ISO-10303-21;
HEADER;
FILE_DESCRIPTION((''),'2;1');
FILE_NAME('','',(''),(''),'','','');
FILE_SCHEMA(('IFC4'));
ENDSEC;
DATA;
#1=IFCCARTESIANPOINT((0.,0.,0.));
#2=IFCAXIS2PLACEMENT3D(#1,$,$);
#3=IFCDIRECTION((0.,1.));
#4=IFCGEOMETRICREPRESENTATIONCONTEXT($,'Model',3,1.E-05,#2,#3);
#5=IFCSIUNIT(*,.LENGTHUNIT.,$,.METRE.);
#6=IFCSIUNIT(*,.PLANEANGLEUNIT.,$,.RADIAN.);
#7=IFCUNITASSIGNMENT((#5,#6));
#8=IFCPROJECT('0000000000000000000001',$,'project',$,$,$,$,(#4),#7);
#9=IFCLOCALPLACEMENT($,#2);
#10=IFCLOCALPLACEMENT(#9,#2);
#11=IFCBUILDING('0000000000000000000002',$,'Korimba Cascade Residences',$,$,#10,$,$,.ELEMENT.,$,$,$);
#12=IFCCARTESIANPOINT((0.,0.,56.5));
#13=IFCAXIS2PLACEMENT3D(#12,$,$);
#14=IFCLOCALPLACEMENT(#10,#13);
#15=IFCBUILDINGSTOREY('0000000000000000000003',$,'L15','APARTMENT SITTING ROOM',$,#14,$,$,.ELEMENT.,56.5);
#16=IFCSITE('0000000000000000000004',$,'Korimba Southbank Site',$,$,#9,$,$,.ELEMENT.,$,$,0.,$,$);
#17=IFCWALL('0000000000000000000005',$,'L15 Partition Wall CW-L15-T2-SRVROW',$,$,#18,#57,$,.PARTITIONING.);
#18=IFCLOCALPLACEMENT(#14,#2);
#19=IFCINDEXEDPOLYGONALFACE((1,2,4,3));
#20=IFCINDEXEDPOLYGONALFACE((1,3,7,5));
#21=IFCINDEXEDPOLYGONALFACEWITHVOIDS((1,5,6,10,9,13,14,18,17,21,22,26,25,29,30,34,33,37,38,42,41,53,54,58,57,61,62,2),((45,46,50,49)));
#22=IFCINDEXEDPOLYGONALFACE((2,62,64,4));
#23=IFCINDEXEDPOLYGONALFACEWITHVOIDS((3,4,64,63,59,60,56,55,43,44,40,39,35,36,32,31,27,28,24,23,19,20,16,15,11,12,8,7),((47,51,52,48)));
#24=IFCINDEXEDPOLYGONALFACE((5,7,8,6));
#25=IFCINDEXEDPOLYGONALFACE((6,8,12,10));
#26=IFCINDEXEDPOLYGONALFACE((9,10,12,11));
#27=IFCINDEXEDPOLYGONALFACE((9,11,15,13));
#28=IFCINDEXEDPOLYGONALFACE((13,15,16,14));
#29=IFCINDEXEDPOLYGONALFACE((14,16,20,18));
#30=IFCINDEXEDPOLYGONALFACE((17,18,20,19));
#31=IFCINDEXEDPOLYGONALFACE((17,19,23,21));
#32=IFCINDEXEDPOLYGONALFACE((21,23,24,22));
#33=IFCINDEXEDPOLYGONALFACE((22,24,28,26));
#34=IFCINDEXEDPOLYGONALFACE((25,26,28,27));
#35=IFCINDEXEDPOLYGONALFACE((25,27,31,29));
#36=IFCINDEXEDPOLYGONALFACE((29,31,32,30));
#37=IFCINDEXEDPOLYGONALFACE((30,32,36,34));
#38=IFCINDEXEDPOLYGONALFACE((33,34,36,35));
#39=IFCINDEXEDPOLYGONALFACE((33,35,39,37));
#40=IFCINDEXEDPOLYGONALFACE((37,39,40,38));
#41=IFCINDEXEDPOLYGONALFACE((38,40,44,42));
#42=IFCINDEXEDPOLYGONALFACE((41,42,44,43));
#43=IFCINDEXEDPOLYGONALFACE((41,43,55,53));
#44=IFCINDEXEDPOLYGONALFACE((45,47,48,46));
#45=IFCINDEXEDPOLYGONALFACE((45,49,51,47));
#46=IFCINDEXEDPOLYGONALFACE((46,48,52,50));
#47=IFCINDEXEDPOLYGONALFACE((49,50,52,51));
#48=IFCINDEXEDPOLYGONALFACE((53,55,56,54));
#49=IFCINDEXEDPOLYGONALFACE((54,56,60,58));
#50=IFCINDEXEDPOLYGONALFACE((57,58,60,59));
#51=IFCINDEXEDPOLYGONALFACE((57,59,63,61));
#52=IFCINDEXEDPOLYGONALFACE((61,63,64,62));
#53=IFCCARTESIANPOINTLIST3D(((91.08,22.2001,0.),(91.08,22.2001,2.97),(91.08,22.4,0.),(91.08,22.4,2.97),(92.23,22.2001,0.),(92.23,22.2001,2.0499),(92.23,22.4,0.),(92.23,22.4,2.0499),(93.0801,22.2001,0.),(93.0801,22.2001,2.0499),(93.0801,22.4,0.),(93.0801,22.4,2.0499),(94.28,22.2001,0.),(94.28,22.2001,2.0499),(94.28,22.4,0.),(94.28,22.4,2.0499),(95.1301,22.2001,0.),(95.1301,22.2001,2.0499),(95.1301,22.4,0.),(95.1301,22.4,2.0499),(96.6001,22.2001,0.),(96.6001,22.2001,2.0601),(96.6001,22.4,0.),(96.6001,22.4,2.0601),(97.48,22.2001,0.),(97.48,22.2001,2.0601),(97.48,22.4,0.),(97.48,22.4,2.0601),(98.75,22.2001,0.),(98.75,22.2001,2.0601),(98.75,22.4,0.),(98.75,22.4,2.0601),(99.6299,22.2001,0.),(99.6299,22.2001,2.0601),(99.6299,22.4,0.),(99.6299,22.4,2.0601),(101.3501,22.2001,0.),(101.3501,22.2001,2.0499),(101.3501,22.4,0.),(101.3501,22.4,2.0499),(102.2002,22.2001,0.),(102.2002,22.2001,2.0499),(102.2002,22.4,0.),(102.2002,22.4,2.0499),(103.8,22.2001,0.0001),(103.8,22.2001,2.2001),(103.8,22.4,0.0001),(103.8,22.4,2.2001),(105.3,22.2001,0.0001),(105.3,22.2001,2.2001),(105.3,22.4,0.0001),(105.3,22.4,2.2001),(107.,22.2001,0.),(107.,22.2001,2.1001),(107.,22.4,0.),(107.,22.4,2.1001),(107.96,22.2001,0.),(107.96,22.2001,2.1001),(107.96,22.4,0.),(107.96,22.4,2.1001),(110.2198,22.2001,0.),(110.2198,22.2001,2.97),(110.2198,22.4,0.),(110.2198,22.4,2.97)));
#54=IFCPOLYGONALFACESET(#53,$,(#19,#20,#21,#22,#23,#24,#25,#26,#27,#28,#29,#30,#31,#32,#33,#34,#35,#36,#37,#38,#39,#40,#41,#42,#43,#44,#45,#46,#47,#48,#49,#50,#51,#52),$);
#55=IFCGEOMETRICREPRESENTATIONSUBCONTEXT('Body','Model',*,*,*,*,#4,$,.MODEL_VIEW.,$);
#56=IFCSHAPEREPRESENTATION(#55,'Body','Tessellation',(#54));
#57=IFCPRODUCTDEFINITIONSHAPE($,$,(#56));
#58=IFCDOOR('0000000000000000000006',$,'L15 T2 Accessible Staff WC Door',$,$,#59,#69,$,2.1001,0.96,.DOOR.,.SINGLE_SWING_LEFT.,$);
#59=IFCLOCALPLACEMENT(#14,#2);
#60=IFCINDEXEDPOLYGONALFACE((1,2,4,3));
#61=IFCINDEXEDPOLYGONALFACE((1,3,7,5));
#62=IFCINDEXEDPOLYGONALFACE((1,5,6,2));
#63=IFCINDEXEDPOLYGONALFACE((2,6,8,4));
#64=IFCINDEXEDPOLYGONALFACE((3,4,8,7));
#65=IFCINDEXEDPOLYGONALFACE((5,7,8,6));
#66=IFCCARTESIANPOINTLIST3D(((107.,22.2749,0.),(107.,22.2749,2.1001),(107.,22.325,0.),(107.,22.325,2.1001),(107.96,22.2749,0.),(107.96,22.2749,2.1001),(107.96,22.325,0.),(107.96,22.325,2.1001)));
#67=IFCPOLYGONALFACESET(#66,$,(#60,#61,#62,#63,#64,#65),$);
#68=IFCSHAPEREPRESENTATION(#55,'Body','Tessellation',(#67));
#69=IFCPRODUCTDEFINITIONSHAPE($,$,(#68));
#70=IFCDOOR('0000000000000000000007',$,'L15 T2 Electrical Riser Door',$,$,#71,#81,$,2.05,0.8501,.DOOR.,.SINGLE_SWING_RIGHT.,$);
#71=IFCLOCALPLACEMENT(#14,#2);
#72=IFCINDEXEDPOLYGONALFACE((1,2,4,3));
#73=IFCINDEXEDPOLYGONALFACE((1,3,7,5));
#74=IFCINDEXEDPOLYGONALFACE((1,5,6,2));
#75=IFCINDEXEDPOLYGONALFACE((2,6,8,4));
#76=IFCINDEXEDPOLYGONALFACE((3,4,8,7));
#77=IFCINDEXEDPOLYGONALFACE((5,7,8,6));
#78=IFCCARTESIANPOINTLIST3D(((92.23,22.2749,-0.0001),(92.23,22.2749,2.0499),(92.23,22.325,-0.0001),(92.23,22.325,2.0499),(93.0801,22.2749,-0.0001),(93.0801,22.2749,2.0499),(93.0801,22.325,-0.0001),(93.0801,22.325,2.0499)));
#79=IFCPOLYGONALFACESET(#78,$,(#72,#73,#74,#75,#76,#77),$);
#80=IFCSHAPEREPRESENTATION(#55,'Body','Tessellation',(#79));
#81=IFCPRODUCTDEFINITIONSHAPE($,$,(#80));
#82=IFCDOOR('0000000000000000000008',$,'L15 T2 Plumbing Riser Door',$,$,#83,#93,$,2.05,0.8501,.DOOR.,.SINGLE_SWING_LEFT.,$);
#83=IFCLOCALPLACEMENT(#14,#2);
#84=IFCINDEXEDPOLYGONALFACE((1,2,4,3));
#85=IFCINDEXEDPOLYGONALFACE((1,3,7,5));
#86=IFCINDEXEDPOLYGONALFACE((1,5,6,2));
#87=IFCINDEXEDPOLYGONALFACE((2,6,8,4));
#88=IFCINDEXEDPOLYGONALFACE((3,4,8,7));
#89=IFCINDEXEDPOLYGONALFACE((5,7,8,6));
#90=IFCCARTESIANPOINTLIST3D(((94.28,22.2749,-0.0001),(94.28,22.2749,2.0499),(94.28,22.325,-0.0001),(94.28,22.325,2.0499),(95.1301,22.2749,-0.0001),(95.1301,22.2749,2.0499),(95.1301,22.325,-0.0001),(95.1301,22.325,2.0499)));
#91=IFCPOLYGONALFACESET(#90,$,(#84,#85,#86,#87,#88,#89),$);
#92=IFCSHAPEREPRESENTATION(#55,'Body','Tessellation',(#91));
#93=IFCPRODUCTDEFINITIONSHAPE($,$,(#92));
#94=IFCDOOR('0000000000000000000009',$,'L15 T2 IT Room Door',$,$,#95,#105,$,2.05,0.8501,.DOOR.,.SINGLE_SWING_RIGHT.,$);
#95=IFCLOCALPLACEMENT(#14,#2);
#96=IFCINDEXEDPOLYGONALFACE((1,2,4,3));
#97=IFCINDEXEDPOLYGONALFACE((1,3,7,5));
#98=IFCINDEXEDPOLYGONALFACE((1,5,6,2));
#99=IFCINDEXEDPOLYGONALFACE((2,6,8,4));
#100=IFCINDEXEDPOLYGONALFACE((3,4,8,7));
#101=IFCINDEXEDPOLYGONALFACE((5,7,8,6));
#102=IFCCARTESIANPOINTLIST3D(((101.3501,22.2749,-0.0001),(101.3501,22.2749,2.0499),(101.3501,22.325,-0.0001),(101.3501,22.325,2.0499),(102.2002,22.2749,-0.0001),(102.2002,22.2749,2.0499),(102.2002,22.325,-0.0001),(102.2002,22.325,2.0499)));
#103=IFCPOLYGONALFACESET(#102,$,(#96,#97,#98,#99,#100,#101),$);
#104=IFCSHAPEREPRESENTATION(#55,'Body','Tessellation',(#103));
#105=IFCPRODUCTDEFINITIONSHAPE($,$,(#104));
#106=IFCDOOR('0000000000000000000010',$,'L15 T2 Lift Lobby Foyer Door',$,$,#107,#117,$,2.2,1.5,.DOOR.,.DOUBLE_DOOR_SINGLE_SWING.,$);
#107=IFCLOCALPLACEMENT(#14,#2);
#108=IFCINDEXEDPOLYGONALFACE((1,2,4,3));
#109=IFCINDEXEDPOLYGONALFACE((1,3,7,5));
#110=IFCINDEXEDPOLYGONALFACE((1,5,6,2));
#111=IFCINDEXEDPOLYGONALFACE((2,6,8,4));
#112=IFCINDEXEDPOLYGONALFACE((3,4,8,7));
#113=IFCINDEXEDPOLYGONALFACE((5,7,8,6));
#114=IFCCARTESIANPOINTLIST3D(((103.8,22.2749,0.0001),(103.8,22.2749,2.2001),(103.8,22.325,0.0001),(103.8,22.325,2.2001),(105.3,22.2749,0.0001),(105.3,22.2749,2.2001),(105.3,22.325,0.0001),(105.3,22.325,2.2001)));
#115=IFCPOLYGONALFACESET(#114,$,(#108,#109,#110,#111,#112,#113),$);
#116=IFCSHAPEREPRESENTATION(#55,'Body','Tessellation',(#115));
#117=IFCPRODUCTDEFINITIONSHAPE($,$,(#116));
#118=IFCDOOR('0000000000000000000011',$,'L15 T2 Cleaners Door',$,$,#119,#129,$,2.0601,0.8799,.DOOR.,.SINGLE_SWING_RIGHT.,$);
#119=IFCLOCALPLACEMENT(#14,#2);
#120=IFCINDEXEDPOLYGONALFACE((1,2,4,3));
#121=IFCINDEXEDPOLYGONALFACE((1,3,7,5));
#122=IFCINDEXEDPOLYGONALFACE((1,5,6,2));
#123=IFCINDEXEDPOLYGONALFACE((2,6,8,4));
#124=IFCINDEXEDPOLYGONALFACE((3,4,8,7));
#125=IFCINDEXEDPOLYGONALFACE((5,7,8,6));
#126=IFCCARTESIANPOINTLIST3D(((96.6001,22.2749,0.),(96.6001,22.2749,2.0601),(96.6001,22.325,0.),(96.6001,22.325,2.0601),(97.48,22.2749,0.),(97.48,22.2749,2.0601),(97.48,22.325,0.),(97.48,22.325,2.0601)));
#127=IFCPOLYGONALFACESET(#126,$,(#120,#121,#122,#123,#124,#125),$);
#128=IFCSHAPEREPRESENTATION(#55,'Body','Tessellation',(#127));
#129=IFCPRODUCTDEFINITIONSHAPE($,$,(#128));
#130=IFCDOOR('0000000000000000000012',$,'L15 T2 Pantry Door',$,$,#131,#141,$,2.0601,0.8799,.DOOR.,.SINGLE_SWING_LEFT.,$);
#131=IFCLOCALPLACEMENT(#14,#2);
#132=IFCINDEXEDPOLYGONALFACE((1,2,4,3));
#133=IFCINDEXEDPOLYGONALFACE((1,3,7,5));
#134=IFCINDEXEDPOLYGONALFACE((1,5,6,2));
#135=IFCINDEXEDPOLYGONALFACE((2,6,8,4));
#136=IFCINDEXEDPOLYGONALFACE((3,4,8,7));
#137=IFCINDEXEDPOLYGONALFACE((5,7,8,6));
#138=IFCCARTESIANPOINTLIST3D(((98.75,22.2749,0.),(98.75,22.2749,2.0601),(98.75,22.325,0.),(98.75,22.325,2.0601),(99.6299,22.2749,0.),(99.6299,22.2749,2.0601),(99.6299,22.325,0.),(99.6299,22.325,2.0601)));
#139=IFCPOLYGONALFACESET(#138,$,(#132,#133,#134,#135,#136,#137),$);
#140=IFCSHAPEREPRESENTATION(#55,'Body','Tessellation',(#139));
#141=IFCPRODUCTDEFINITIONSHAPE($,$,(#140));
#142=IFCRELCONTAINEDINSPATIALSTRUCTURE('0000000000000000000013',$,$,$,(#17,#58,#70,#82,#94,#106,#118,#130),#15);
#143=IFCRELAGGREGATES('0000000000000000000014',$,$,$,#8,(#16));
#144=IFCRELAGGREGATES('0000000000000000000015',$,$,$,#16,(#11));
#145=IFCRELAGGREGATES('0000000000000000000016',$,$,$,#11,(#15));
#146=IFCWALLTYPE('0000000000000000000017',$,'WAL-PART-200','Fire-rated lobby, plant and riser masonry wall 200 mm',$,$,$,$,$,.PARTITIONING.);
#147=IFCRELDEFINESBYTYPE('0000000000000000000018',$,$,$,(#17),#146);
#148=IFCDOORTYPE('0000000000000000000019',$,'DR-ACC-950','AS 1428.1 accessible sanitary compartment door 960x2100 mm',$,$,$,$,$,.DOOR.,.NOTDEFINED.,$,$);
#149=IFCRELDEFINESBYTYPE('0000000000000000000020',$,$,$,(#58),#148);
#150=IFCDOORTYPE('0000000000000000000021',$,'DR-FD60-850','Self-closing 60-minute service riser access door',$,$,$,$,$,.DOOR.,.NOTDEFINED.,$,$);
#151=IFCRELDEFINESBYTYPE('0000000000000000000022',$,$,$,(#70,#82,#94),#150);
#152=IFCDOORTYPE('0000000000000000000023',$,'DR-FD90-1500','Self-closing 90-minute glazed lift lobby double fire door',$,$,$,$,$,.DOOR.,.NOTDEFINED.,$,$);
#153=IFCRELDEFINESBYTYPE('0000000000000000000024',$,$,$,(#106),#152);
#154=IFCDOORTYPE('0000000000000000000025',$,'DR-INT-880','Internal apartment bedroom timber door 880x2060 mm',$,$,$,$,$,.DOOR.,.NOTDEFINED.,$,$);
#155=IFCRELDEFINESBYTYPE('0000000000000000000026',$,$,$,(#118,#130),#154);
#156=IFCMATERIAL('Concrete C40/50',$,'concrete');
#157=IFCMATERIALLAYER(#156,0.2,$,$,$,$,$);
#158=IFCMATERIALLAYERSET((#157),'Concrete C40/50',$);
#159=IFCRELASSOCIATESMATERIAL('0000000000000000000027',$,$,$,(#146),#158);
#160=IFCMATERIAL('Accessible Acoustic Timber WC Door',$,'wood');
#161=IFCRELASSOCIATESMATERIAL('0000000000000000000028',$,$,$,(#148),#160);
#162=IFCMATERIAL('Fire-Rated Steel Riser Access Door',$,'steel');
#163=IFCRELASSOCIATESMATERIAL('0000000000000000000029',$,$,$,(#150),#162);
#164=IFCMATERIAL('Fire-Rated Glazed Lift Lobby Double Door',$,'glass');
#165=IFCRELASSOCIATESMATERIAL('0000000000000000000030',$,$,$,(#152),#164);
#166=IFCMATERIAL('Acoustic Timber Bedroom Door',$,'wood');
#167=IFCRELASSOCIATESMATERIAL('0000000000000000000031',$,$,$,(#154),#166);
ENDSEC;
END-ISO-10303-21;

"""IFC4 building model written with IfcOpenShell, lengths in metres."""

from ifc_helpers import new_model, si_unit, direction, frame, frame_2d, origin, place, context, subcontext, project, spatial, rectangle, extrude, material, layer, layer_set, type_object, element, fill, save


model = new_model("IFC4")

# Units and contexts
model_context = context("Model", 3, precision=1e-05, world=origin(), true_north=direction((0.0, 1.0)))
body_context = subcontext(model_context, "Body", "Model", "MODEL_VIEW")
ifc_project = project(units=[si_unit("LENGTHUNIT", "METRE"), si_unit("PLANEANGLEUNIT", "RADIAN")], contexts=[model_context])

# Site, building, storey
site_placement = place(None, origin())
site = spatial("IfcSite", under=ifc_project, at=site_placement, Name="Korimba Southbank Site", CompositionType="ELEMENT", RefElevation=0.0)
building_placement = place(site_placement, origin())
building = spatial("IfcBuilding", under=site, at=building_placement, Name="Korimba Cascade Residences", CompositionType="ELEMENT")
storey_placement = place(building_placement, frame((0.0, 0.0, 56.5)))
storey = spatial("IfcBuildingStorey", under=building, at=storey_placement, Name="L15", Description="APARTMENT SITTING ROOM", CompositionType="ELEMENT", Elevation=56.5)

# Shared definitions
ifc_material_1 = material(Name="Concrete C40/50", Category="concrete")
ifc_layer_1 = layer(ifc_material_1, 0.2)
ifc_layer_set_1 = layer_set([ifc_layer_1], Name="Concrete C40/50")
wall_type_1 = type_object("IfcWallType", Name="WAL-PART-200", Description="Fire-rated lobby, plant and riser masonry wall 200 mm", PredefinedType="PARTITIONING", material=ifc_layer_set_1)

# Wall, openings, doors
wall_1_placement = place(storey_placement, frame((91.0801, 22.3, 0.0), z_axis=(0.0, 0.0, 1.0), x_axis=(1.0, 0.0, 0.0)))
wall_1 = element("IfcWall", 1, at=wall_1_placement, inside=storey, type_object=wall_type_1, Name="L15 Partition Wall CW-L15-T2-SRVROW", PredefinedType="PARTITIONING", context=body_context, shape_type="SweptSolid", body=[
    extrude(rectangle(XDim=19.1399, YDim=0.2, at=frame_2d((9.5698, 0.0))), origin(), (0.0, 0.0, 1.0), 2.97),
])
opening_1_placement = place(wall_1_placement, frame((1.1499, 0.0, 0.0)))
opening_1 = element("IfcOpeningElement", 2, at=opening_1_placement, cuts=wall_1, PredefinedType="OPENING", context=body_context, shape_type="SweptSolid", body=[
    extrude(rectangle(XDim=0.8501, YDim=2.05, at=frame_2d((0.425, 1.0249))), frame((0.0, 0.1099, 0.0), z_axis=(0.0, -1.0, 0.0), x_axis=(1.0, 0.0, 0.0)), (0.0, 0.0, 1.0), 0.22),
])
opening_2_placement = place(wall_1_placement, frame((3.2, 0.0, 0.0)))
opening_2 = element("IfcOpeningElement", 3, at=opening_2_placement, cuts=wall_1, PredefinedType="OPENING", context=body_context, shape_type="SweptSolid", body=[
    extrude(rectangle(XDim=0.8501, YDim=2.05, at=frame_2d((0.425, 1.0249))), frame((0.0, 0.1099, 0.0), z_axis=(0.0, -1.0, 0.0), x_axis=(1.0, 0.0, 0.0)), (0.0, 0.0, 1.0), 0.22),
])
opening_3_placement = place(wall_1_placement, frame((12.72, 0.0, 0.0)))
opening_3 = element("IfcOpeningElement", 4, at=opening_3_placement, cuts=wall_1, PredefinedType="OPENING", context=body_context, shape_type="SweptSolid", body=[
    extrude(rectangle(XDim=1.5, YDim=2.2, at=frame_2d((0.75, 1.1001))), frame((0.0, 0.1099, 0.0), z_axis=(0.0, -1.0, 0.0), x_axis=(1.0, 0.0, 0.0)), (0.0, 0.0, 1.0), 0.22),
])
opening_4_placement = place(wall_1_placement, frame((5.52, 0.0, 0.0)))
opening_4 = element("IfcOpeningElement", 5, at=opening_4_placement, cuts=wall_1, PredefinedType="OPENING", context=body_context, shape_type="SweptSolid", body=[
    extrude(rectangle(XDim=0.8799, YDim=2.0601, at=frame_2d((0.4399, 1.03))), frame((0.0, 0.1099, 0.0), z_axis=(0.0, -1.0, 0.0), x_axis=(1.0, 0.0, 0.0)), (0.0, 0.0, 1.0), 0.22),
])
opening_5_placement = place(wall_1_placement, frame((7.6699, 0.0, 0.0)))
opening_5 = element("IfcOpeningElement", 6, at=opening_5_placement, cuts=wall_1, PredefinedType="OPENING", context=body_context, shape_type="SweptSolid", body=[
    extrude(rectangle(XDim=0.8799, YDim=2.0601, at=frame_2d((0.4399, 1.03))), frame((0.0, 0.1099, 0.0), z_axis=(0.0, -1.0, 0.0), x_axis=(1.0, 0.0, 0.0)), (0.0, 0.0, 1.0), 0.22),
])
opening_6_placement = place(wall_1_placement, frame((10.27, 0.0, 0.0)))
opening_6 = element("IfcOpeningElement", 7, at=opening_6_placement, cuts=wall_1, PredefinedType="OPENING", context=body_context, shape_type="SweptSolid", body=[
    extrude(rectangle(XDim=0.8501, YDim=2.05, at=frame_2d((0.425, 1.0249))), frame((0.0, 0.1099, 0.0), z_axis=(0.0, -1.0, 0.0), x_axis=(1.0, 0.0, 0.0)), (0.0, 0.0, 1.0), 0.22),
])
opening_7_placement = place(wall_1_placement, frame((15.9199, 0.0, 0.0)))
opening_7 = element("IfcOpeningElement", 8, at=opening_7_placement, cuts=wall_1, PredefinedType="OPENING", context=body_context, shape_type="SweptSolid", body=[
    extrude(rectangle(XDim=0.96, YDim=2.1001, at=frame_2d((0.48, 1.05))), frame((0.0, 0.1099, 0.0), z_axis=(0.0, -1.0, 0.0), x_axis=(1.0, 0.0, 0.0)), (0.0, 0.0, 1.0), 0.22),
])
ifc_material_2 = material(Name="Accessible Acoustic Timber WC Door", Category="wood")
door_type_1 = type_object("IfcDoorType", Name="DR-ACC-950", Description="AS 1428.1 accessible sanitary compartment door 960x2100 mm", OperationType="NOTDEFINED", PredefinedType="DOOR", material=ifc_material_2)
door_1_placement = place(opening_7_placement, origin())
door_1 = element("IfcDoor", 9, at=door_1_placement, inside=storey, type_object=door_type_1, Name="L15 T2 Accessible Staff WC Door", OperationType="SINGLE_SWING_LEFT", OverallHeight=2.1001, OverallWidth=0.96, PredefinedType="DOOR", context=body_context, shape_type="SweptSolid", body=[
    extrude(rectangle(XDim=0.96, YDim=2.1001, at=frame_2d((0.48, 1.05))), frame((0.0, 0.0249, 0.0), z_axis=(0.0, -1.0, 0.0), x_axis=(1.0, 0.0, 0.0)), (0.0, 0.0, 1.0), 0.05),
])
fill(opening_7, door_1)
ifc_material_3 = material(Name="Fire-Rated Steel Riser Access Door", Category="steel")
door_type_2 = type_object("IfcDoorType", Name="DR-FD60-850", Description="Self-closing 60-minute service riser access door", OperationType="NOTDEFINED", PredefinedType="DOOR", material=ifc_material_3)
door_2_placement = place(opening_1_placement, origin())
door_2 = element("IfcDoor", 10, at=door_2_placement, inside=storey, type_object=door_type_2, Name="L15 T2 Electrical Riser Door", OperationType="SINGLE_SWING_RIGHT", OverallHeight=2.05, OverallWidth=0.8501, PredefinedType="DOOR", context=body_context, shape_type="SweptSolid", body=[
    extrude(rectangle(XDim=0.8501, YDim=2.05, at=frame_2d((0.425, 1.0249))), frame((0.0, 0.0249, 0.0), z_axis=(0.0, -1.0, 0.0), x_axis=(1.0, 0.0, 0.0)), (0.0, 0.0, 1.0), 0.05),
])
fill(opening_1, door_2)
door_3_placement = place(opening_2_placement, origin())
door_3 = element("IfcDoor", 11, at=door_3_placement, inside=storey, type_object=door_type_2, Name="L15 T2 Plumbing Riser Door", OperationType="SINGLE_SWING_LEFT", OverallHeight=2.05, OverallWidth=0.8501, PredefinedType="DOOR", context=body_context, shape_type="SweptSolid", body=[
    extrude(rectangle(XDim=0.8501, YDim=2.05, at=frame_2d((0.425, 1.0249))), frame((0.0, 0.0249, 0.0), z_axis=(0.0, -1.0, 0.0), x_axis=(1.0, 0.0, 0.0)), (0.0, 0.0, 1.0), 0.05),
])
fill(opening_2, door_3)
door_4_placement = place(opening_6_placement, origin())
door_4 = element("IfcDoor", 12, at=door_4_placement, inside=storey, type_object=door_type_2, Name="L15 T2 IT Room Door", OperationType="SINGLE_SWING_RIGHT", OverallHeight=2.05, OverallWidth=0.8501, PredefinedType="DOOR", context=body_context, shape_type="SweptSolid", body=[
    extrude(rectangle(XDim=0.8501, YDim=2.05, at=frame_2d((0.425, 1.0249))), frame((0.0, 0.0249, 0.0), z_axis=(0.0, -1.0, 0.0), x_axis=(1.0, 0.0, 0.0)), (0.0, 0.0, 1.0), 0.05),
])
fill(opening_6, door_4)
ifc_material_4 = material(Name="Fire-Rated Glazed Lift Lobby Double Door", Category="glass")
door_type_3 = type_object("IfcDoorType", Name="DR-FD90-1500", Description="Self-closing 90-minute glazed lift lobby double fire door", OperationType="NOTDEFINED", PredefinedType="DOOR", material=ifc_material_4)
door_5_placement = place(opening_3_placement, origin())
door_5 = element("IfcDoor", 13, at=door_5_placement, inside=storey, type_object=door_type_3, Name="L15 T2 Lift Lobby Foyer Door", OperationType="DOUBLE_DOOR_SINGLE_SWING", OverallHeight=2.2, OverallWidth=1.5, PredefinedType="DOOR", context=body_context, shape_type="SweptSolid", body=[
    extrude(rectangle(XDim=1.5, YDim=2.2, at=frame_2d((0.75, 1.1001))), frame((0.0, 0.0249, 0.0), z_axis=(0.0, -1.0, 0.0), x_axis=(1.0, 0.0, 0.0)), (0.0, 0.0, 1.0), 0.05),
])
fill(opening_3, door_5)
ifc_material_5 = material(Name="Acoustic Timber Bedroom Door", Category="wood")
door_type_4 = type_object("IfcDoorType", Name="DR-INT-880", Description="Internal apartment bedroom timber door 880x2060 mm", OperationType="NOTDEFINED", PredefinedType="DOOR", material=ifc_material_5)
door_6_placement = place(opening_4_placement, origin())
door_6 = element("IfcDoor", 14, at=door_6_placement, inside=storey, type_object=door_type_4, Name="L15 T2 Cleaners Door", OperationType="SINGLE_SWING_RIGHT", OverallHeight=2.0601, OverallWidth=0.8799, PredefinedType="DOOR", context=body_context, shape_type="SweptSolid", body=[
    extrude(rectangle(XDim=0.8799, YDim=2.0601, at=frame_2d((0.4399, 1.03))), frame((0.0, 0.0249, 0.0), z_axis=(0.0, -1.0, 0.0), x_axis=(1.0, 0.0, 0.0)), (0.0, 0.0, 1.0), 0.05),
])
fill(opening_4, door_6)
door_7_placement = place(opening_5_placement, origin())
door_7 = element("IfcDoor", 15, at=door_7_placement, inside=storey, type_object=door_type_4, Name="L15 T2 Pantry Door", OperationType="SINGLE_SWING_LEFT", OverallHeight=2.0601, OverallWidth=0.8799, PredefinedType="DOOR", context=body_context, shape_type="SweptSolid", body=[
    extrude(rectangle(XDim=0.8799, YDim=2.0601, at=frame_2d((0.4399, 1.03))), frame((0.0, 0.0249, 0.0), z_axis=(0.0, -1.0, 0.0), x_axis=(1.0, 0.0, 0.0)), (0.0, 0.0, 1.0), 0.05),
])
fill(opening_5, door_7)

save(model, "model.ifc")
